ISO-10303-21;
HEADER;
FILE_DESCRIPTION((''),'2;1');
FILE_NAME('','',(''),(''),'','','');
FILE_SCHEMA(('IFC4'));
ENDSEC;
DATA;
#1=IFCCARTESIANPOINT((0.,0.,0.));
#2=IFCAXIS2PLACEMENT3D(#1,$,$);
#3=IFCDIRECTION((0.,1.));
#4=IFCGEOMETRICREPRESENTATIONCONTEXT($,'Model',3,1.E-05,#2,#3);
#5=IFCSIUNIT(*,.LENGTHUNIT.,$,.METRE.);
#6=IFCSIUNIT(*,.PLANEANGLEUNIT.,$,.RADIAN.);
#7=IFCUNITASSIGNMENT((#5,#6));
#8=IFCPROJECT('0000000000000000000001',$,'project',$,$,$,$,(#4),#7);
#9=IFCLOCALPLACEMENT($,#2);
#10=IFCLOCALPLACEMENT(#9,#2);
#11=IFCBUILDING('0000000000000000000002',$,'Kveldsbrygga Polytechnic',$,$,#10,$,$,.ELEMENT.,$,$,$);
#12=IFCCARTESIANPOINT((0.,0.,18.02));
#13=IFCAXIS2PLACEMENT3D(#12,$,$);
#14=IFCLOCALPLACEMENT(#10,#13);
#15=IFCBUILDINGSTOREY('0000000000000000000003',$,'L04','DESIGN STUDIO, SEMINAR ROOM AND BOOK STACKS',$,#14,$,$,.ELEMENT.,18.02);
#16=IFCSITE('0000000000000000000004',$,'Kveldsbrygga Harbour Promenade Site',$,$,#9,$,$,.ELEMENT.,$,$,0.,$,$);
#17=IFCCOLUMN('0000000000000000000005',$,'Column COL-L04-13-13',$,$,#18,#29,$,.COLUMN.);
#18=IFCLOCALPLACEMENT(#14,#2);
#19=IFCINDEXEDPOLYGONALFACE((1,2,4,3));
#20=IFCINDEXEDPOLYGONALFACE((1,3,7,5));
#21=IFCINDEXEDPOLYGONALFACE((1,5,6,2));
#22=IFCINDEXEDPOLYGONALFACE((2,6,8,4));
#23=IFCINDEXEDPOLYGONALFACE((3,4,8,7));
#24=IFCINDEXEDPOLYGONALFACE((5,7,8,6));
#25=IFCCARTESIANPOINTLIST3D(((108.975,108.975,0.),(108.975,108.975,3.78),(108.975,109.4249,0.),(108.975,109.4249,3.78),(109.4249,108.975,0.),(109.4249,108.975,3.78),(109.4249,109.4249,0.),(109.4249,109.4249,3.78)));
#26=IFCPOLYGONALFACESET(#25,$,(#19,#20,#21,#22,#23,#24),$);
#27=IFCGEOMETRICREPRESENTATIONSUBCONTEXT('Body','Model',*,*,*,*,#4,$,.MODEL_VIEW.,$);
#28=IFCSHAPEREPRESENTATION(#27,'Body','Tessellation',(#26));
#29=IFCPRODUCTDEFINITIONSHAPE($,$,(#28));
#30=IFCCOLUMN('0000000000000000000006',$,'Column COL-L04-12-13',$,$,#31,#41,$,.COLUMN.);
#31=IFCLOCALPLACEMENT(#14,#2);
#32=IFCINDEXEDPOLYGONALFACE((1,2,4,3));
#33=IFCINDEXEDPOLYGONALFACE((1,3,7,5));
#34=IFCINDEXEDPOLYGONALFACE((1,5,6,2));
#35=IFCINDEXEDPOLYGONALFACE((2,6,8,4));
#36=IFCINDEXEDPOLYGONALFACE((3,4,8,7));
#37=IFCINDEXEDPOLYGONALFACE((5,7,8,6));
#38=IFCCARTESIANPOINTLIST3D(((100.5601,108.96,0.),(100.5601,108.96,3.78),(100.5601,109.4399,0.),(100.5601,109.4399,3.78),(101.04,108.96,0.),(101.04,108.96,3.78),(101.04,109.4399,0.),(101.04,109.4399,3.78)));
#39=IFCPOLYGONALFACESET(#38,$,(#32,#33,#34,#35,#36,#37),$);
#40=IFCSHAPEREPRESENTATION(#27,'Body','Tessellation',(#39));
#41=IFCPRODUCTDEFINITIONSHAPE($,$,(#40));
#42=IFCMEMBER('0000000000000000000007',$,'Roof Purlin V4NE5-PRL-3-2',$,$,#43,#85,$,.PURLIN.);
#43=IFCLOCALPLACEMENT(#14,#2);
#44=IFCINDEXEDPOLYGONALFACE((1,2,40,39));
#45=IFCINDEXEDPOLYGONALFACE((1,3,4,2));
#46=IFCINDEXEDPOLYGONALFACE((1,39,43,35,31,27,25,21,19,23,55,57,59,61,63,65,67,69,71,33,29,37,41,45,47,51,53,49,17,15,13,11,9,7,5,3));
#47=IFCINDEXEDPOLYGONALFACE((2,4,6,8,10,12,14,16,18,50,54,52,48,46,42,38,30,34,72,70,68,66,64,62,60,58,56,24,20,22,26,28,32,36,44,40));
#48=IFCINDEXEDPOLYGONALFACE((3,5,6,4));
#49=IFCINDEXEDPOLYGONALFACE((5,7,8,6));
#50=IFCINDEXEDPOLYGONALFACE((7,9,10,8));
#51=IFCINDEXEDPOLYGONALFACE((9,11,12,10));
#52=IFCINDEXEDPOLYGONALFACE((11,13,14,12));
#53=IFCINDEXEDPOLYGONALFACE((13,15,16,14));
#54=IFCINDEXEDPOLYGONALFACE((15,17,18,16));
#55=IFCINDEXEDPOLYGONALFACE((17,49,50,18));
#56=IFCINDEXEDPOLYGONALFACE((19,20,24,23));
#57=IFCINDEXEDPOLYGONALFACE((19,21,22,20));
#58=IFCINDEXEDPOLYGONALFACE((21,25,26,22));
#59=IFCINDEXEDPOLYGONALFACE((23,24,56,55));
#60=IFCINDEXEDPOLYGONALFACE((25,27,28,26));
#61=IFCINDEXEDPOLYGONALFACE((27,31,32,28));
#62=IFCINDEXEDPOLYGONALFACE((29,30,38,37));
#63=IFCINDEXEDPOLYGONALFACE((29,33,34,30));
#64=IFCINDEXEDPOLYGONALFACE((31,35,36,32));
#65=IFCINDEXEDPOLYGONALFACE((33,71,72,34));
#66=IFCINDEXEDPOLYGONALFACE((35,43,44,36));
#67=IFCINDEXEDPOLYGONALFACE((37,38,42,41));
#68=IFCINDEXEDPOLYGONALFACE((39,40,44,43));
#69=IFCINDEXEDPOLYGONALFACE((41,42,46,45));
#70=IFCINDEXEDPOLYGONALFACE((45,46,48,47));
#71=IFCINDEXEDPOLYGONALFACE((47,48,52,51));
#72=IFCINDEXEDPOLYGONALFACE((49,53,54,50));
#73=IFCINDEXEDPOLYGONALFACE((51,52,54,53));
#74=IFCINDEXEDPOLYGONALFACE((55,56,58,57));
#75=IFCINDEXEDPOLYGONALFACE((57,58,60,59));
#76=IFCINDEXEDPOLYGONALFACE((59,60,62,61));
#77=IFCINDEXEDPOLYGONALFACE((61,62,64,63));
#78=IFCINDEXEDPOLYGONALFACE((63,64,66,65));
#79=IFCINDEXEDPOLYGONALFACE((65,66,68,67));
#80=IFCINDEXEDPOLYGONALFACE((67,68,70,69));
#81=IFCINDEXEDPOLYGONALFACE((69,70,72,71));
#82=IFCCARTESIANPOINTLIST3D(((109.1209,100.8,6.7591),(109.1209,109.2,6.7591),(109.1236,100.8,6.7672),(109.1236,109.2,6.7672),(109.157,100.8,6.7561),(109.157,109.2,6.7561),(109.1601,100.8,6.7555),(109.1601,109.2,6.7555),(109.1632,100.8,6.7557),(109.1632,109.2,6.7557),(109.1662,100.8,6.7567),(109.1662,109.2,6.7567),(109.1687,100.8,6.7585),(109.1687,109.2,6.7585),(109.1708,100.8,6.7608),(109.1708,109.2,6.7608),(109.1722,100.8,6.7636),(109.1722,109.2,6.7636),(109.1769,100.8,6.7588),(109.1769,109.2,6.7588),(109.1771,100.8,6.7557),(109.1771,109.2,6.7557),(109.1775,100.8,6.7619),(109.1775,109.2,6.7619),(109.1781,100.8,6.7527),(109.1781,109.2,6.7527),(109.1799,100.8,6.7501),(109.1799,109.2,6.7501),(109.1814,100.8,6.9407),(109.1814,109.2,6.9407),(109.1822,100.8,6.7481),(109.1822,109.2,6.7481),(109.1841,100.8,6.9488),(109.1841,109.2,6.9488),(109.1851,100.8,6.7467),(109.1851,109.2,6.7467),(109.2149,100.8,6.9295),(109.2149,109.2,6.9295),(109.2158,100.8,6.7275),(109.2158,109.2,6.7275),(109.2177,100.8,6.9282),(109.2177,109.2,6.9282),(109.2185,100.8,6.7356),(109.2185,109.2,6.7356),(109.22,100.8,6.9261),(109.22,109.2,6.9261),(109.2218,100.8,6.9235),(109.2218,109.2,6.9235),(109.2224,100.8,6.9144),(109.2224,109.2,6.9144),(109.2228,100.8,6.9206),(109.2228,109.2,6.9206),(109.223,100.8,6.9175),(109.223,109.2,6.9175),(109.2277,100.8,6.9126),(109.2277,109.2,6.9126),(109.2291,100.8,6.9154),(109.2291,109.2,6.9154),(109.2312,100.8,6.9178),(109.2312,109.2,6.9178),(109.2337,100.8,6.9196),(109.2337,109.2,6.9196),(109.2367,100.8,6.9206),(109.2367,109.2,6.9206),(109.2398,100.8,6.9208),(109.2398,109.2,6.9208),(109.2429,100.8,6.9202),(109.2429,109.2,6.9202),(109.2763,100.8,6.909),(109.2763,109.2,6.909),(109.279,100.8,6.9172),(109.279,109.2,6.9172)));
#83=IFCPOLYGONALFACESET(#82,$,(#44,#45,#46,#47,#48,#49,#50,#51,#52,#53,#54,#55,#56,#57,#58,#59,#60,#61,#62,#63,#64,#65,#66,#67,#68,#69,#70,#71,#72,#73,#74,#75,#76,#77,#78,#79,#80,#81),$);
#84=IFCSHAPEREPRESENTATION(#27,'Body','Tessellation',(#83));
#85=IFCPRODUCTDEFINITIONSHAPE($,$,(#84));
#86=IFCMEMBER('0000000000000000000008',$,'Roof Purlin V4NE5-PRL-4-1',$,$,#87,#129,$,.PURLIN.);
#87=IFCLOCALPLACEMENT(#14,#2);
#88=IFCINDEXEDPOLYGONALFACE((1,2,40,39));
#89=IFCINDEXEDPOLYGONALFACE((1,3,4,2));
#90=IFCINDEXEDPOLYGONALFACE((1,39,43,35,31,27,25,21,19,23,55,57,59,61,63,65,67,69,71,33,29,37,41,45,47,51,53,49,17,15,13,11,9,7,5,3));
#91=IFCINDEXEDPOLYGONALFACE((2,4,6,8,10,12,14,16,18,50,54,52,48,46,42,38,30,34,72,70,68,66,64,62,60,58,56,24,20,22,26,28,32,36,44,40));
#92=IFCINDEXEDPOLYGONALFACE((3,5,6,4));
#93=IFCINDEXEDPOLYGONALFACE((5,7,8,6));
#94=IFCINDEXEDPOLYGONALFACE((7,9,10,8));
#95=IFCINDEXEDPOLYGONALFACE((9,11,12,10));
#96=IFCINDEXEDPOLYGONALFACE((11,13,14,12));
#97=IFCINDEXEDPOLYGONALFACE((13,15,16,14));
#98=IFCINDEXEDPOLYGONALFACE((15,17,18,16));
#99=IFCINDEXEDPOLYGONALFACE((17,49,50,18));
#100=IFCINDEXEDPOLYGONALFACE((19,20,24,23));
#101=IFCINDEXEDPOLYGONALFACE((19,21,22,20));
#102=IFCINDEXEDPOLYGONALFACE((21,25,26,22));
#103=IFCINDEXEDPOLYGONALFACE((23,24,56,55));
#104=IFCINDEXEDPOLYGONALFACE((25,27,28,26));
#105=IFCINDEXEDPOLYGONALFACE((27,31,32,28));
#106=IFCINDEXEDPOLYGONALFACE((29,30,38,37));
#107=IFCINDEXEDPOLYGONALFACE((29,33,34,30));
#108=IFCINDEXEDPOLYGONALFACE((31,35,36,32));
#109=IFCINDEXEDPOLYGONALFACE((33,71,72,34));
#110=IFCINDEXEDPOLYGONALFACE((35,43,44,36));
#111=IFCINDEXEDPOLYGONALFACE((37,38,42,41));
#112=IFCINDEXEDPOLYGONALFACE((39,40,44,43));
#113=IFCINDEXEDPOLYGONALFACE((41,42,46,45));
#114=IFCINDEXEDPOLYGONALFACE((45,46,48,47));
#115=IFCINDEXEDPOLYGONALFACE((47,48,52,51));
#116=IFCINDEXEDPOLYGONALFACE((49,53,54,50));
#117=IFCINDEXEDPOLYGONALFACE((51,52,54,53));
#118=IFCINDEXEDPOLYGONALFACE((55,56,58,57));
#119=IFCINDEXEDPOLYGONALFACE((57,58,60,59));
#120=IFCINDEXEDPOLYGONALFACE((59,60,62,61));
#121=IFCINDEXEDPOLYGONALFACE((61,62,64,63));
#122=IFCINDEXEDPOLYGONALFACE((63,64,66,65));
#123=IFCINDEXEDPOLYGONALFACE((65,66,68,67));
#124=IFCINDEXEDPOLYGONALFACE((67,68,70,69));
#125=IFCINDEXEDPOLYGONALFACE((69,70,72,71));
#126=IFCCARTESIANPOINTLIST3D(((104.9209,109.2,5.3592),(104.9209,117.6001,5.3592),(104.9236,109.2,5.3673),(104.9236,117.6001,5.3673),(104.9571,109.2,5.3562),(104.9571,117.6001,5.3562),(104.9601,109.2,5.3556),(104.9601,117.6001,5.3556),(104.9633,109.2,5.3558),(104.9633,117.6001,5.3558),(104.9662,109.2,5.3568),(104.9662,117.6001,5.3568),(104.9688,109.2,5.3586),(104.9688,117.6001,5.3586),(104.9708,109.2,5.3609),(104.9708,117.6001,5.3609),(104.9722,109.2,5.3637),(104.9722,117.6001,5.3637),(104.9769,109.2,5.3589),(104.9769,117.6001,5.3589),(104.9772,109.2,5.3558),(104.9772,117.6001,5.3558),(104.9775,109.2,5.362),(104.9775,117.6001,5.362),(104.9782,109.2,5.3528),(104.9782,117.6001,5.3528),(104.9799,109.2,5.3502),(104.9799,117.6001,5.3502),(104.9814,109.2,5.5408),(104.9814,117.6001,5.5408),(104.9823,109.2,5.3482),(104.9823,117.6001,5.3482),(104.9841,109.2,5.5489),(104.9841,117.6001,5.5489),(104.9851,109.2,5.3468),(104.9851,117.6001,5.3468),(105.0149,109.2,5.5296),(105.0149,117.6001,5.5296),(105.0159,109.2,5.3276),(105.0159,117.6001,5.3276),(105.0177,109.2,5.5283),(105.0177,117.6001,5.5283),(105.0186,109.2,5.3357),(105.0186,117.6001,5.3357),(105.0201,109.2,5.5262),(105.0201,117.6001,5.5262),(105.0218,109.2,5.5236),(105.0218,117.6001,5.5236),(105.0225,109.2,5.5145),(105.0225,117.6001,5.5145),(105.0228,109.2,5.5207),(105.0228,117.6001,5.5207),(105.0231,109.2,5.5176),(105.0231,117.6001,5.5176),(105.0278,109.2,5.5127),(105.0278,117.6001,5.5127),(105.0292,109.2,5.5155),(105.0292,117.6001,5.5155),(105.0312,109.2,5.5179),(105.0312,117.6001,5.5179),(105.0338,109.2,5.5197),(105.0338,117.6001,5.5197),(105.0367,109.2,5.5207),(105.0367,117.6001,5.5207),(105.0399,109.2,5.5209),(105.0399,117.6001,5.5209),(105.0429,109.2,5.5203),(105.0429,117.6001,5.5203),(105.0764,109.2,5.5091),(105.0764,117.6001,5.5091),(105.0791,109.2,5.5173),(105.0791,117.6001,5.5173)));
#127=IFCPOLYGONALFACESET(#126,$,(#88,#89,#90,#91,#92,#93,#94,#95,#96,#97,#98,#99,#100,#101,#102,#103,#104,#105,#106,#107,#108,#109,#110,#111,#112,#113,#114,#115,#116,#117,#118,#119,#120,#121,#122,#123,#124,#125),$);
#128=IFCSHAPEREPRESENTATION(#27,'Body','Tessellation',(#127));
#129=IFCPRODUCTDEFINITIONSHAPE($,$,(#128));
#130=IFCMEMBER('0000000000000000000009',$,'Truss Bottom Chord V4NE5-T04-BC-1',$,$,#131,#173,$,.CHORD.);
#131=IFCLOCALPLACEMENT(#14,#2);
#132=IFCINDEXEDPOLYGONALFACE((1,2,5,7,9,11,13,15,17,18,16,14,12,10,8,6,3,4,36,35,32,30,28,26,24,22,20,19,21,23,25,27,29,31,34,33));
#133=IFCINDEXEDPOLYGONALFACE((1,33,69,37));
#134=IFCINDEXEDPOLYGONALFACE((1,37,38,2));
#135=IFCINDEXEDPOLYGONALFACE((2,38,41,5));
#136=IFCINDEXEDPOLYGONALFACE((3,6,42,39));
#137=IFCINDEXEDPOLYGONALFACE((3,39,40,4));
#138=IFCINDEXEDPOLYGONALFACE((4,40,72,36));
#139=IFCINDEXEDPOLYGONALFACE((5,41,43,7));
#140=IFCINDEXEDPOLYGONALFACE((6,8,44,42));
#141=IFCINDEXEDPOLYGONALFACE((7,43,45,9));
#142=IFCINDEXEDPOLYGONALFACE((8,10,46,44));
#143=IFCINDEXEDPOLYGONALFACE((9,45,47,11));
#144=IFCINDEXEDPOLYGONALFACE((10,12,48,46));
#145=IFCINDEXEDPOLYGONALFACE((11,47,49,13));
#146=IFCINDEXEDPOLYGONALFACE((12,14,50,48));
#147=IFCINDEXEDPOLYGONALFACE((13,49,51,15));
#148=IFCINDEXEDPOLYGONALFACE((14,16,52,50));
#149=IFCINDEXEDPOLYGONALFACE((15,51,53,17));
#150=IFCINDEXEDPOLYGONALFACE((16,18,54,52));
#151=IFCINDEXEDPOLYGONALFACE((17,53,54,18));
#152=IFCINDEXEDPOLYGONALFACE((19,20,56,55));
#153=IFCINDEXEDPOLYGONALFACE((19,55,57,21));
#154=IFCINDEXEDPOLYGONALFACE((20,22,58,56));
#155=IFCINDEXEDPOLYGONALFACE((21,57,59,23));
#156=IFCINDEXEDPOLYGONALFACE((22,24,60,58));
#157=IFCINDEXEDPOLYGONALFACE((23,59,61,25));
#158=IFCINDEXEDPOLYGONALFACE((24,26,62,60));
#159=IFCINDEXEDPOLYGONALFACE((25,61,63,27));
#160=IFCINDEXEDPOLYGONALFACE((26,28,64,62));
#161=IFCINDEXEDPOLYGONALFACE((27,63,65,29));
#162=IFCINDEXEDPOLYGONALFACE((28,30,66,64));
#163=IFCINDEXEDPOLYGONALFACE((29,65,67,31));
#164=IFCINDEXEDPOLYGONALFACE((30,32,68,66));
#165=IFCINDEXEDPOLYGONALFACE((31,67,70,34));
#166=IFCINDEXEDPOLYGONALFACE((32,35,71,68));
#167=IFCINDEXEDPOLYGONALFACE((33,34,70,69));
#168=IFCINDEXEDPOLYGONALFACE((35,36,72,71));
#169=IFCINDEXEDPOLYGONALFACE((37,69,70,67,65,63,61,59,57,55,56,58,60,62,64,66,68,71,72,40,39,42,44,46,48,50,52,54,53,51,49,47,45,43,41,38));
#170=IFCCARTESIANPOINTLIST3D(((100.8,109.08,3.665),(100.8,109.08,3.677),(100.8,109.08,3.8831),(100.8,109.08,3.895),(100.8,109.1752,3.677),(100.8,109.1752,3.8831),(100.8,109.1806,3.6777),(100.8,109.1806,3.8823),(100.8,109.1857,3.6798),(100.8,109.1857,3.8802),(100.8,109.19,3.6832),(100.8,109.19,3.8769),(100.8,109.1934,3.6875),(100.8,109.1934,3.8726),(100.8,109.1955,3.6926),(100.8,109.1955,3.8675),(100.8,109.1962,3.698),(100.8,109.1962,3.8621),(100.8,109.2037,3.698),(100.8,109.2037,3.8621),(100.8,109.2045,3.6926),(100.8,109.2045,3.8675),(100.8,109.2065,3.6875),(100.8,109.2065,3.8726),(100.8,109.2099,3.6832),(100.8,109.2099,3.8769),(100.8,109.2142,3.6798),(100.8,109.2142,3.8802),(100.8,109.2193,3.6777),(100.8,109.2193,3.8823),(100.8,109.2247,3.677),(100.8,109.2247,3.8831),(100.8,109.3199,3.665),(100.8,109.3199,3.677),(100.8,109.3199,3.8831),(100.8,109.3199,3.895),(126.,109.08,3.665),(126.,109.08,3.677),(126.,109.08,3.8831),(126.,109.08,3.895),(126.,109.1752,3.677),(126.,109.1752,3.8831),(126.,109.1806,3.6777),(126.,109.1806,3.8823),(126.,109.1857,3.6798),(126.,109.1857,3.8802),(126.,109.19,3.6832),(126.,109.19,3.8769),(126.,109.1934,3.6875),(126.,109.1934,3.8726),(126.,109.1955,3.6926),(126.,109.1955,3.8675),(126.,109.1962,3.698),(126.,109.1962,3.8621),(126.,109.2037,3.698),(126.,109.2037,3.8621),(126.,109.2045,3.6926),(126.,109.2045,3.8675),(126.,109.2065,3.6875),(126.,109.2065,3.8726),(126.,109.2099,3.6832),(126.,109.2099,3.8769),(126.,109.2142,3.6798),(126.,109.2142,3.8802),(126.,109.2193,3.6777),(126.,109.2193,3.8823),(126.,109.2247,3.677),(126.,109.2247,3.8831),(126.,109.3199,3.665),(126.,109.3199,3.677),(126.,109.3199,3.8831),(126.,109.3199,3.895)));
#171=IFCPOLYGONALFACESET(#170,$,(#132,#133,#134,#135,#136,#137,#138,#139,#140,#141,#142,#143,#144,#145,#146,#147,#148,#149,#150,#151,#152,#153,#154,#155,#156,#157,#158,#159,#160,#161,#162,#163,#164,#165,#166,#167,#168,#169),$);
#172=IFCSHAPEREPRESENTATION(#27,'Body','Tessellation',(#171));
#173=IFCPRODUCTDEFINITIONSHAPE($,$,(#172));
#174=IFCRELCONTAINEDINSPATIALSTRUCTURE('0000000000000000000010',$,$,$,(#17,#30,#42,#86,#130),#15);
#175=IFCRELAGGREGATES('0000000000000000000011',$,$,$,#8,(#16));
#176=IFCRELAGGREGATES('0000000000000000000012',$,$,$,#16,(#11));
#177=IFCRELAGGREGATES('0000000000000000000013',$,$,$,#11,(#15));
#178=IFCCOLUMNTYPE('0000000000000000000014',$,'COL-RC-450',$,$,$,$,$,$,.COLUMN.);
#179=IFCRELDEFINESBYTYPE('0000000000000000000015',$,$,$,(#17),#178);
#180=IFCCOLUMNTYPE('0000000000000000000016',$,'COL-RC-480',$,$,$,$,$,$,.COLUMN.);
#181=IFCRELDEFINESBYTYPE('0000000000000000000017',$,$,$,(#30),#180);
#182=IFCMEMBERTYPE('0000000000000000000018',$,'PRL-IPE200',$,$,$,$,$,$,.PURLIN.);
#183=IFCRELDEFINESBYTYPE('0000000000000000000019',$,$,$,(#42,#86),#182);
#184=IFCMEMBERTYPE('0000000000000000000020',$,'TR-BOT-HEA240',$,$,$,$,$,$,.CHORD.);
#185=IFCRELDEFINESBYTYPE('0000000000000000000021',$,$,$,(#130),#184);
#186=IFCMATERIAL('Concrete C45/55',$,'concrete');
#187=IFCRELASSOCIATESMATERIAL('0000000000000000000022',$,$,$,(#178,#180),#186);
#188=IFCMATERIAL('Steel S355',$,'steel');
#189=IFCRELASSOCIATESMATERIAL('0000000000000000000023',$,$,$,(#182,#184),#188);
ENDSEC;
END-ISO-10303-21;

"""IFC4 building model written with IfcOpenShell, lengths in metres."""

from ifc_helpers import new_model, si_unit, direction, frame, origin, origin_2d, place, context, subcontext, project, spatial, rectangle, i_section, extrude, material, material_profile, profile_set, type_object, element, save


model = new_model("IFC4")

# Units and contexts
model_context = context("Model", 3, precision=1e-05, world=origin(), true_north=direction((0.0, 1.0)))
body_context = subcontext(model_context, "Body", "Model", "MODEL_VIEW")
ifc_project = project(units=[si_unit("LENGTHUNIT", "METRE"), si_unit("PLANEANGLEUNIT", "RADIAN")], contexts=[model_context])

# Site, building, storey
site_placement = place(None, origin())
site = spatial("IfcSite", under=ifc_project, at=site_placement, Name="Kveldsbrygga Harbour Promenade Site", CompositionType="ELEMENT", RefElevation=0.0)
building_placement = place(site_placement, origin())
building = spatial("IfcBuilding", under=site, at=building_placement, Name="Kveldsbrygga Polytechnic", CompositionType="ELEMENT")
storey_placement = place(building_placement, frame((0.0, 0.0, 18.02)))
storey = spatial("IfcBuildingStorey", under=building, at=storey_placement, Name="L04", Description="DESIGN STUDIO, SEMINAR ROOM AND BOOK STACKS", CompositionType="ELEMENT", Elevation=18.02)

# Columns
ifc_material_1 = material(Name="Concrete C45/55", Category="concrete")
ifc_material_profile_1 = material_profile(ifc_material_1, rectangle(XDim=0.45, YDim=0.45, at=origin_2d()), Name="RC 450x450")
ifc_profile_set_1 = profile_set([ifc_material_profile_1], Name="Concrete C45/55")
column_type_1 = type_object("IfcColumnType", Name="COL-RC-450", PredefinedType="COLUMN", material=ifc_profile_set_1)
column_1_placement = place(storey_placement, frame((109.2, 109.2, 0.0), z_axis=(0.0, 0.0, 1.0), x_axis=(1.0, 0.0, 0.0)))
element("IfcColumn", 1, at=column_1_placement, inside=storey, type_object=column_type_1, Name="Column COL-L04-13-13", PredefinedType="COLUMN", context=body_context, shape_type="SweptSolid", body=[
    extrude(rectangle(XDim=0.45, YDim=0.45, at=origin_2d()), origin(), (0.0, 0.0, 1.0), 3.78),
])
ifc_material_profile_2 = material_profile(ifc_material_1, rectangle(XDim=0.48, YDim=0.48, at=origin_2d()), Name="RC 480x480")
ifc_profile_set_2 = profile_set([ifc_material_profile_2], Name="Concrete C45/55")
column_type_2 = type_object("IfcColumnType", Name="COL-RC-480", PredefinedType="COLUMN", material=ifc_profile_set_2)
column_2_placement = place(storey_placement, frame((100.8, 109.2, 0.0), z_axis=(0.0, 0.0, 1.0), x_axis=(1.0, 0.0, 0.0)))
element("IfcColumn", 2, at=column_2_placement, inside=storey, type_object=column_type_2, Name="Column COL-L04-12-13", PredefinedType="COLUMN", context=body_context, shape_type="SweptSolid", body=[
    extrude(rectangle(XDim=0.48, YDim=0.48, at=origin_2d()), origin(), (0.0, 0.0, 1.0), 3.78),
])

# Members
ifc_material_2 = material(Name="Steel S355", Category="steel")
ifc_material_profile_3 = material_profile(ifc_material_2, i_section(OverallWidth=0.1001, OverallDepth=0.2, WebThickness=0.0056, FlangeThickness=0.0085, FilletRadius=0.012, at=origin_2d()), Name="IPE 200")
ifc_profile_set_3 = profile_set([ifc_material_profile_3], Name="Steel S355")
member_type_1 = type_object("IfcMemberType", Name="PRL-IPE200", PredefinedType="PURLIN", material=ifc_profile_set_3)
member_1_placement = place(storey_placement, frame((109.2, 100.8, 6.8381), z_axis=(0.0, 1.0, 0.0), x_axis=(-0.948684, 0.0, 0.316227)))
element("IfcMember", 3, at=member_1_placement, inside=storey, type_object=member_type_1, Name="Roof Purlin V4NE5-PRL-3-2", PredefinedType="PURLIN", context=body_context, shape_type="SweptSolid", body=[
    extrude(i_section(OverallWidth=0.1001, OverallDepth=0.2, WebThickness=0.0056, FlangeThickness=0.0085, FilletRadius=0.012, at=origin_2d()), origin(), (0.0, 0.0, 1.0), 8.3999),
])
member_2_placement = place(storey_placement, frame((105.0, 109.2, 5.4382), z_axis=(0.0, 1.0, 0.0), x_axis=(-0.948684, 0.0, 0.316227)))
element("IfcMember", 4, at=member_2_placement, inside=storey, type_object=member_type_1, Name="Roof Purlin V4NE5-PRL-4-1", PredefinedType="PURLIN", context=body_context, shape_type="SweptSolid", body=[
    extrude(i_section(OverallWidth=0.1001, OverallDepth=0.2, WebThickness=0.0056, FlangeThickness=0.0085, FilletRadius=0.012, at=origin_2d()), origin(), (0.0, 0.0, 1.0), 8.4001),
])
ifc_material_profile_4 = material_profile(ifc_material_2, i_section(OverallWidth=0.24, OverallDepth=0.23, WebThickness=0.0076, FlangeThickness=0.012, FilletRadius=0.021, at=origin_2d()), Name="HEA 240")
ifc_profile_set_4 = profile_set([ifc_material_profile_4], Name="Steel S355")
member_type_2 = type_object("IfcMemberType", Name="TR-BOT-HEA240", PredefinedType="CHORD", material=ifc_profile_set_4)
member_3_placement = place(storey_placement, frame((100.8, 109.2, 3.78), z_axis=(1.0, 0.0, 0.0), x_axis=(0.0, 1.0, 0.0)))
element("IfcMember", 5, at=member_3_placement, inside=storey, type_object=member_type_2, Name="Truss Bottom Chord V4NE5-T04-BC-1", PredefinedType="CHORD", context=body_context, shape_type="SweptSolid", body=[
    extrude(i_section(OverallWidth=0.24, OverallDepth=0.23, WebThickness=0.0076, FlangeThickness=0.012, FilletRadius=0.021, at=origin_2d()), origin(), (0.0, 0.0, 1.0), 25.2),
])

save(model, "model.ifc")
